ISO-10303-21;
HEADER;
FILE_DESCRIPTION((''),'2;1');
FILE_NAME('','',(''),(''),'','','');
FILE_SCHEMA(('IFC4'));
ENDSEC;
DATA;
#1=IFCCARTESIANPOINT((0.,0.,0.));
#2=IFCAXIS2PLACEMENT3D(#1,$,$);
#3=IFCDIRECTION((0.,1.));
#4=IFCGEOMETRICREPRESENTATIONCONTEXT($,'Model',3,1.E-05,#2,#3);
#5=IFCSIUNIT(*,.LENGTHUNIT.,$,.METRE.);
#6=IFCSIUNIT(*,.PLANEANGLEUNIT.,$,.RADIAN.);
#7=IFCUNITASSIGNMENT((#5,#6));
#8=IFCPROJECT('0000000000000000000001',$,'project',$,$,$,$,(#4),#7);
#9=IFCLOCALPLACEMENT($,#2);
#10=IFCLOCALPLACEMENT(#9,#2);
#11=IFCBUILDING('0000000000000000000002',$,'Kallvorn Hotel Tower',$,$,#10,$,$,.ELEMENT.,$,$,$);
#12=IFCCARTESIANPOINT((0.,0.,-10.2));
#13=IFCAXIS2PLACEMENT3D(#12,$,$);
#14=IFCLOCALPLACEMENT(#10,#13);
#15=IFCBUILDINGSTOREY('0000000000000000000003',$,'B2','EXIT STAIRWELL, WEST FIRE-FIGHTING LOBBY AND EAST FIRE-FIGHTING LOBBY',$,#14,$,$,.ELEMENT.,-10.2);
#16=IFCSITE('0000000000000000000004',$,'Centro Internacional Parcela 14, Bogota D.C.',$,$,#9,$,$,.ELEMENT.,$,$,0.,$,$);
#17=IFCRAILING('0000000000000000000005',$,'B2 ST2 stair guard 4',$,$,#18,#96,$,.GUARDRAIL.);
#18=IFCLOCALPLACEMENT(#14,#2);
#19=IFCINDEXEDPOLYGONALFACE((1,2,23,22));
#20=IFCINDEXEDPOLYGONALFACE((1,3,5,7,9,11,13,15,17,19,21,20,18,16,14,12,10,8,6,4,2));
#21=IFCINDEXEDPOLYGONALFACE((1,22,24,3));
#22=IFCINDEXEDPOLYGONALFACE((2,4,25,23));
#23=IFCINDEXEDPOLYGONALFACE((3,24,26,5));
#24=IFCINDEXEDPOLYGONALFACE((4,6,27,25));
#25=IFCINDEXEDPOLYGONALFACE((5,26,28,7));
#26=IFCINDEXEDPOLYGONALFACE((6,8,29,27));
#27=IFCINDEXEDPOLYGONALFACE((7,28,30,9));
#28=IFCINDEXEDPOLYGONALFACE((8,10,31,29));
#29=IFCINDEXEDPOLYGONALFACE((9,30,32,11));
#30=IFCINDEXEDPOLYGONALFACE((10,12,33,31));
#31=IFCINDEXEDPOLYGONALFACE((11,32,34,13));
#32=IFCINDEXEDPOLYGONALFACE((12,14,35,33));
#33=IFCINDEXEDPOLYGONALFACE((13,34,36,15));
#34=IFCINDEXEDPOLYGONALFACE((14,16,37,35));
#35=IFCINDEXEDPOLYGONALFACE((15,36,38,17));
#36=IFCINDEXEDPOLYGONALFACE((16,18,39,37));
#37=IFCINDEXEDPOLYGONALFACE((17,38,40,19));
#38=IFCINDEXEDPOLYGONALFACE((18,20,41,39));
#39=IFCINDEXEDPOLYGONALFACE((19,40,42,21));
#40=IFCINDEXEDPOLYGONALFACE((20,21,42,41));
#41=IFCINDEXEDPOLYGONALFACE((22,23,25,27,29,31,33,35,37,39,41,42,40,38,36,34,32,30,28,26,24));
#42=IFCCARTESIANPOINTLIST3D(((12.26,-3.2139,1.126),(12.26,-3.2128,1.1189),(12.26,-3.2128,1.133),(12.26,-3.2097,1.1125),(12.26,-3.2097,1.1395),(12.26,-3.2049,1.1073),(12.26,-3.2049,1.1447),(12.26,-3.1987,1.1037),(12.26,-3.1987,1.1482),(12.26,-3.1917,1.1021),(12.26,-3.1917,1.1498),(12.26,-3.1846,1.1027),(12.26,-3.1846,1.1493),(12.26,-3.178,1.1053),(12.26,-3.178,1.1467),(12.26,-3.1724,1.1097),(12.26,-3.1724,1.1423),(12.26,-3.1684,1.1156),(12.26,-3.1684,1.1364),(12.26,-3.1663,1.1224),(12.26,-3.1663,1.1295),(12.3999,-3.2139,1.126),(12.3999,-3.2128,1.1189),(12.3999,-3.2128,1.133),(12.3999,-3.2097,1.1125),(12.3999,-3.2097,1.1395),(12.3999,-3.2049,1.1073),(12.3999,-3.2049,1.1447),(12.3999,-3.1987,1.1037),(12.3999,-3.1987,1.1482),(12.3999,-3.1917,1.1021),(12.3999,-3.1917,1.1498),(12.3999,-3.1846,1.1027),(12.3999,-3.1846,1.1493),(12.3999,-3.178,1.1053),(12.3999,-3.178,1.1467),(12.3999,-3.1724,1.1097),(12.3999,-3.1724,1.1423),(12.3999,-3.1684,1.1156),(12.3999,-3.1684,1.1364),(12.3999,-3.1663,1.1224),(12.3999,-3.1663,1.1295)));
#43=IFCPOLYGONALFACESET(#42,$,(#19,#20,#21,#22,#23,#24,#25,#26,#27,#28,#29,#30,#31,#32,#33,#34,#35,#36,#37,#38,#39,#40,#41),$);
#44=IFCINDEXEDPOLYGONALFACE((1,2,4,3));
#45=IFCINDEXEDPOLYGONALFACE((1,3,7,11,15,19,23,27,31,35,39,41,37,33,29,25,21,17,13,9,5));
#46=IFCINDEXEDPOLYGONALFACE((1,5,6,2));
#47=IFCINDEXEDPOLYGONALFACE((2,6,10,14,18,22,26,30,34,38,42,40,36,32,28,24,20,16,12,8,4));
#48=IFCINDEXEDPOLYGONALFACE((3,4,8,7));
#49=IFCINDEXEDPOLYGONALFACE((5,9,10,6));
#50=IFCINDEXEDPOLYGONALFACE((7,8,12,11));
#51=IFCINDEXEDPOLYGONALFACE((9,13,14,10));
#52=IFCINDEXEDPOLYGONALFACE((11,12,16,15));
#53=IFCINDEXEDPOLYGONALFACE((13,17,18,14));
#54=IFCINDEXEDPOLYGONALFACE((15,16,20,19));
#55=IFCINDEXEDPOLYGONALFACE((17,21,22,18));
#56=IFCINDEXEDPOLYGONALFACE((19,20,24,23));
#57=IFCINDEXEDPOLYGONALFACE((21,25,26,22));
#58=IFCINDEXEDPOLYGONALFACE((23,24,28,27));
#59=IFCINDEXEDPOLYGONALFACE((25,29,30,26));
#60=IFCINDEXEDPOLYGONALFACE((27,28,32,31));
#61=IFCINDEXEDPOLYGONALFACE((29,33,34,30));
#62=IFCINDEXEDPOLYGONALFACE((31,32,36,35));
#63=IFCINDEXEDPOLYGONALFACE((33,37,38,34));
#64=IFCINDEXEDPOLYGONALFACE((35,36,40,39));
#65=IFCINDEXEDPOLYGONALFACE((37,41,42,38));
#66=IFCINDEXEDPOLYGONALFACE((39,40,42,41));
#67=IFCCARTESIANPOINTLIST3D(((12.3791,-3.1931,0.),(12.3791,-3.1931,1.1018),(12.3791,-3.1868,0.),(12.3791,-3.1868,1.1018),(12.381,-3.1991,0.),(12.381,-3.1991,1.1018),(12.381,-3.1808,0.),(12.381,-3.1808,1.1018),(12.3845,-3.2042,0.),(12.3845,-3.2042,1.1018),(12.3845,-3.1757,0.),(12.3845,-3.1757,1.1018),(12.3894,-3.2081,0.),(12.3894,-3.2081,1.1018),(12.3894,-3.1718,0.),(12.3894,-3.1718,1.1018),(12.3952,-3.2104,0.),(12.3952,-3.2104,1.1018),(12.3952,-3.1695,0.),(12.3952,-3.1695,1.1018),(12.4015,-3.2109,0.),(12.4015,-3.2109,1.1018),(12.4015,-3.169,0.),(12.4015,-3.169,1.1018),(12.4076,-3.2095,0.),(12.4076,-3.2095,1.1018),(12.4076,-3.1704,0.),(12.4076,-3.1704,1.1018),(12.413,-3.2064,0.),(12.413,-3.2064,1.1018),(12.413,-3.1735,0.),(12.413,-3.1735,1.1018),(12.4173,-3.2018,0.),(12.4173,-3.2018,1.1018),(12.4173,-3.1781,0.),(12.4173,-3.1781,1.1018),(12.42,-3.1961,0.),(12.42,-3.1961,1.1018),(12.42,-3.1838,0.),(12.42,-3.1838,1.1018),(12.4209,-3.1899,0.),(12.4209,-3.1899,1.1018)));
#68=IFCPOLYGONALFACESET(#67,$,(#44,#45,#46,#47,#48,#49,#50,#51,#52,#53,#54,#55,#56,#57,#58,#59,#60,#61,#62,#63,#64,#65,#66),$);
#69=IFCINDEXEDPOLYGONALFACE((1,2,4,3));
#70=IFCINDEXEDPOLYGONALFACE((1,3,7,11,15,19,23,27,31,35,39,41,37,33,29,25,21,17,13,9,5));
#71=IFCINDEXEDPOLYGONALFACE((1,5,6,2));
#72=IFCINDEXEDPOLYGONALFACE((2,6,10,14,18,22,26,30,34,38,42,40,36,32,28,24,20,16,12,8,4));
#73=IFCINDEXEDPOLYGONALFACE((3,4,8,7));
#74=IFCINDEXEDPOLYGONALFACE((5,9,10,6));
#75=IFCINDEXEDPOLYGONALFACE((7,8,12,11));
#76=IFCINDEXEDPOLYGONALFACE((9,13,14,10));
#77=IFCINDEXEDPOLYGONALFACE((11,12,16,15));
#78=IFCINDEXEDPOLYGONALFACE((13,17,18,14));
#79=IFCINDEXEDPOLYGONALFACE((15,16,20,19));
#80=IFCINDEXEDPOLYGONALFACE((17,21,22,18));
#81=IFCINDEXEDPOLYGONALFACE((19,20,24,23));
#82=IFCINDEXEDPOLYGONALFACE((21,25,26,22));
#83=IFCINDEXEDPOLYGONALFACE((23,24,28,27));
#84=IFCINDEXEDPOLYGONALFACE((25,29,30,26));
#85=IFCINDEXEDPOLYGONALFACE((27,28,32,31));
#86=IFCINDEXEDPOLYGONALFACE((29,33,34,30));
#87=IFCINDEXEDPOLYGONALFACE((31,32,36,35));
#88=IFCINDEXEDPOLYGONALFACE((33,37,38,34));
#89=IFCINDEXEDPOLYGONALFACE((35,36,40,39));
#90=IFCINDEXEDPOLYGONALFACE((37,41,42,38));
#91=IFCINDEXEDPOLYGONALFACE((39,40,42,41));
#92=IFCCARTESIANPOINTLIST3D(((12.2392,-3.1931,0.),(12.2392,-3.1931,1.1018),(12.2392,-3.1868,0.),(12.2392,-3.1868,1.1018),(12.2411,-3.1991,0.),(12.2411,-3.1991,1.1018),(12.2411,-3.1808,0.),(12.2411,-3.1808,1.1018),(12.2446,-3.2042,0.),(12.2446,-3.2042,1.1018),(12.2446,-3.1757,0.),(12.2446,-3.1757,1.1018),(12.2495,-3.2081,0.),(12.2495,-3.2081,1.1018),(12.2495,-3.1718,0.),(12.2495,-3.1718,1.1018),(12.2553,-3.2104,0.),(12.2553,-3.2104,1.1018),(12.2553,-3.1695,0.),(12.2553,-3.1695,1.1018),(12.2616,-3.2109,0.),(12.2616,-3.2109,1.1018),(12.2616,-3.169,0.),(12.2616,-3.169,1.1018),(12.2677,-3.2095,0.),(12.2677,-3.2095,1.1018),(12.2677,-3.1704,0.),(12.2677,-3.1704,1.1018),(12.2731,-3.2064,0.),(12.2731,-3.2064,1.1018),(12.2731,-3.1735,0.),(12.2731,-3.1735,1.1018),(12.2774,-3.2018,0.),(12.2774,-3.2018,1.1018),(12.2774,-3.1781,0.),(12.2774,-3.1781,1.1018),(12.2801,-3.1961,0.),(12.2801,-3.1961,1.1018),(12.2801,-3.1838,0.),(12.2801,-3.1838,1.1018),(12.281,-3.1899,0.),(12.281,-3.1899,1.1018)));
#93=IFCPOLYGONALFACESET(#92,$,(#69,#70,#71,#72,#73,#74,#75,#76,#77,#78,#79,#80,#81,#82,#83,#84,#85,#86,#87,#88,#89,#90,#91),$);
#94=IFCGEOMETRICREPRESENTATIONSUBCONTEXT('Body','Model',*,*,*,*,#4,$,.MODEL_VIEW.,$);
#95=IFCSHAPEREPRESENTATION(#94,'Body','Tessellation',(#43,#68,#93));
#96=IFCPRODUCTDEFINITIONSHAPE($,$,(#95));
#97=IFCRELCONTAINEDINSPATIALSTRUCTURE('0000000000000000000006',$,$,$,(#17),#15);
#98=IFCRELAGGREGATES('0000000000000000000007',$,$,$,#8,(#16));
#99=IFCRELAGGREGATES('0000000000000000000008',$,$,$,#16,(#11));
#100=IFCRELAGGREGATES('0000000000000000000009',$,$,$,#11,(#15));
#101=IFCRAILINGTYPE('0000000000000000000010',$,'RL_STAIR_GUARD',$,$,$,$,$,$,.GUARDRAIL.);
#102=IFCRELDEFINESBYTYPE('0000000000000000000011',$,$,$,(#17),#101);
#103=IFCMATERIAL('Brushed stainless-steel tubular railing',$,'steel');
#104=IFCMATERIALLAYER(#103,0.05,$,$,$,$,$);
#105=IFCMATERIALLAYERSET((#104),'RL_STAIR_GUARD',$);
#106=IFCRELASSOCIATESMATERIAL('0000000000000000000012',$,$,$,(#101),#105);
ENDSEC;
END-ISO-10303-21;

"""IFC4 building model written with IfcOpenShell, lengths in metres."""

from ifc_helpers import new_model, si_unit, direction, frame, origin, origin_2d, place, context, subcontext, project, spatial, circle, extrude, material, layer, layer_set, type_object, element, save


model = new_model("IFC4")

# Units and contexts
model_context = context("Model", 3, precision=1e-05, world=origin(), true_north=direction((0.0, 1.0)))
body_context = subcontext(model_context, "Body", "Model", "MODEL_VIEW")
ifc_project = project(units=[si_unit("LENGTHUNIT", "METRE"), si_unit("PLANEANGLEUNIT", "RADIAN")], contexts=[model_context])

# Site, building, storey
site_placement = place(None, origin())
site = spatial("IfcSite", under=ifc_project, at=site_placement, Name="Centro Internacional Parcela 14, Bogota D.C.", CompositionType="ELEMENT", RefElevation=0.0)
building_placement = place(site_placement, origin())
building = spatial("IfcBuilding", under=site, at=building_placement, Name="Kallvorn Hotel Tower", CompositionType="ELEMENT")
storey_placement = place(building_placement, frame((0.0, 0.0, -10.2)))
storey = spatial("IfcBuildingStorey", under=building, at=storey_placement, Name="B2", Description="EXIT STAIRWELL, WEST FIRE-FIGHTING LOBBY AND EAST FIRE-FIGHTING LOBBY", CompositionType="ELEMENT", Elevation=-10.2)

# Railing
ifc_material_1 = material(Name="Brushed stainless-steel tubular railing", Category="steel")
ifc_layer_1 = layer(ifc_material_1, 0.05)
ifc_layer_set_1 = layer_set([ifc_layer_1], Name="RL_STAIR_GUARD")
railing_type_1 = type_object("IfcRailingType", Name="RL_STAIR_GUARD", PredefinedType="GUARDRAIL", material=ifc_layer_set_1)
railing_1_placement = place(storey_placement, frame((12.3999, -3.1899, 0.0)))
element("IfcRailing", 1, at=railing_1_placement, inside=storey, type_object=railing_type_1, Name="B2 ST2 stair guard 4", PredefinedType="GUARDRAIL", context=body_context, shape_type="SweptSolid", body=[
    extrude(circle(Radius=0.0239, at=origin_2d()), frame((0.0, 0.0, 1.126), z_axis=(-1.0, 0.0, 0.0), x_axis=(0.0, -1.0, 0.0)), (0.0, 0.0, 1.0), 0.1399),
    extrude(circle(Radius=0.021, at=origin_2d()), origin(), (0.0, 0.0, 1.0), 1.1018),
    extrude(circle(Radius=0.021, at=origin_2d()), frame((-0.1399, 0.0, 0.0)), (0.0, 0.0, 1.0), 1.1018),
])

save(model, "model.ifc")
